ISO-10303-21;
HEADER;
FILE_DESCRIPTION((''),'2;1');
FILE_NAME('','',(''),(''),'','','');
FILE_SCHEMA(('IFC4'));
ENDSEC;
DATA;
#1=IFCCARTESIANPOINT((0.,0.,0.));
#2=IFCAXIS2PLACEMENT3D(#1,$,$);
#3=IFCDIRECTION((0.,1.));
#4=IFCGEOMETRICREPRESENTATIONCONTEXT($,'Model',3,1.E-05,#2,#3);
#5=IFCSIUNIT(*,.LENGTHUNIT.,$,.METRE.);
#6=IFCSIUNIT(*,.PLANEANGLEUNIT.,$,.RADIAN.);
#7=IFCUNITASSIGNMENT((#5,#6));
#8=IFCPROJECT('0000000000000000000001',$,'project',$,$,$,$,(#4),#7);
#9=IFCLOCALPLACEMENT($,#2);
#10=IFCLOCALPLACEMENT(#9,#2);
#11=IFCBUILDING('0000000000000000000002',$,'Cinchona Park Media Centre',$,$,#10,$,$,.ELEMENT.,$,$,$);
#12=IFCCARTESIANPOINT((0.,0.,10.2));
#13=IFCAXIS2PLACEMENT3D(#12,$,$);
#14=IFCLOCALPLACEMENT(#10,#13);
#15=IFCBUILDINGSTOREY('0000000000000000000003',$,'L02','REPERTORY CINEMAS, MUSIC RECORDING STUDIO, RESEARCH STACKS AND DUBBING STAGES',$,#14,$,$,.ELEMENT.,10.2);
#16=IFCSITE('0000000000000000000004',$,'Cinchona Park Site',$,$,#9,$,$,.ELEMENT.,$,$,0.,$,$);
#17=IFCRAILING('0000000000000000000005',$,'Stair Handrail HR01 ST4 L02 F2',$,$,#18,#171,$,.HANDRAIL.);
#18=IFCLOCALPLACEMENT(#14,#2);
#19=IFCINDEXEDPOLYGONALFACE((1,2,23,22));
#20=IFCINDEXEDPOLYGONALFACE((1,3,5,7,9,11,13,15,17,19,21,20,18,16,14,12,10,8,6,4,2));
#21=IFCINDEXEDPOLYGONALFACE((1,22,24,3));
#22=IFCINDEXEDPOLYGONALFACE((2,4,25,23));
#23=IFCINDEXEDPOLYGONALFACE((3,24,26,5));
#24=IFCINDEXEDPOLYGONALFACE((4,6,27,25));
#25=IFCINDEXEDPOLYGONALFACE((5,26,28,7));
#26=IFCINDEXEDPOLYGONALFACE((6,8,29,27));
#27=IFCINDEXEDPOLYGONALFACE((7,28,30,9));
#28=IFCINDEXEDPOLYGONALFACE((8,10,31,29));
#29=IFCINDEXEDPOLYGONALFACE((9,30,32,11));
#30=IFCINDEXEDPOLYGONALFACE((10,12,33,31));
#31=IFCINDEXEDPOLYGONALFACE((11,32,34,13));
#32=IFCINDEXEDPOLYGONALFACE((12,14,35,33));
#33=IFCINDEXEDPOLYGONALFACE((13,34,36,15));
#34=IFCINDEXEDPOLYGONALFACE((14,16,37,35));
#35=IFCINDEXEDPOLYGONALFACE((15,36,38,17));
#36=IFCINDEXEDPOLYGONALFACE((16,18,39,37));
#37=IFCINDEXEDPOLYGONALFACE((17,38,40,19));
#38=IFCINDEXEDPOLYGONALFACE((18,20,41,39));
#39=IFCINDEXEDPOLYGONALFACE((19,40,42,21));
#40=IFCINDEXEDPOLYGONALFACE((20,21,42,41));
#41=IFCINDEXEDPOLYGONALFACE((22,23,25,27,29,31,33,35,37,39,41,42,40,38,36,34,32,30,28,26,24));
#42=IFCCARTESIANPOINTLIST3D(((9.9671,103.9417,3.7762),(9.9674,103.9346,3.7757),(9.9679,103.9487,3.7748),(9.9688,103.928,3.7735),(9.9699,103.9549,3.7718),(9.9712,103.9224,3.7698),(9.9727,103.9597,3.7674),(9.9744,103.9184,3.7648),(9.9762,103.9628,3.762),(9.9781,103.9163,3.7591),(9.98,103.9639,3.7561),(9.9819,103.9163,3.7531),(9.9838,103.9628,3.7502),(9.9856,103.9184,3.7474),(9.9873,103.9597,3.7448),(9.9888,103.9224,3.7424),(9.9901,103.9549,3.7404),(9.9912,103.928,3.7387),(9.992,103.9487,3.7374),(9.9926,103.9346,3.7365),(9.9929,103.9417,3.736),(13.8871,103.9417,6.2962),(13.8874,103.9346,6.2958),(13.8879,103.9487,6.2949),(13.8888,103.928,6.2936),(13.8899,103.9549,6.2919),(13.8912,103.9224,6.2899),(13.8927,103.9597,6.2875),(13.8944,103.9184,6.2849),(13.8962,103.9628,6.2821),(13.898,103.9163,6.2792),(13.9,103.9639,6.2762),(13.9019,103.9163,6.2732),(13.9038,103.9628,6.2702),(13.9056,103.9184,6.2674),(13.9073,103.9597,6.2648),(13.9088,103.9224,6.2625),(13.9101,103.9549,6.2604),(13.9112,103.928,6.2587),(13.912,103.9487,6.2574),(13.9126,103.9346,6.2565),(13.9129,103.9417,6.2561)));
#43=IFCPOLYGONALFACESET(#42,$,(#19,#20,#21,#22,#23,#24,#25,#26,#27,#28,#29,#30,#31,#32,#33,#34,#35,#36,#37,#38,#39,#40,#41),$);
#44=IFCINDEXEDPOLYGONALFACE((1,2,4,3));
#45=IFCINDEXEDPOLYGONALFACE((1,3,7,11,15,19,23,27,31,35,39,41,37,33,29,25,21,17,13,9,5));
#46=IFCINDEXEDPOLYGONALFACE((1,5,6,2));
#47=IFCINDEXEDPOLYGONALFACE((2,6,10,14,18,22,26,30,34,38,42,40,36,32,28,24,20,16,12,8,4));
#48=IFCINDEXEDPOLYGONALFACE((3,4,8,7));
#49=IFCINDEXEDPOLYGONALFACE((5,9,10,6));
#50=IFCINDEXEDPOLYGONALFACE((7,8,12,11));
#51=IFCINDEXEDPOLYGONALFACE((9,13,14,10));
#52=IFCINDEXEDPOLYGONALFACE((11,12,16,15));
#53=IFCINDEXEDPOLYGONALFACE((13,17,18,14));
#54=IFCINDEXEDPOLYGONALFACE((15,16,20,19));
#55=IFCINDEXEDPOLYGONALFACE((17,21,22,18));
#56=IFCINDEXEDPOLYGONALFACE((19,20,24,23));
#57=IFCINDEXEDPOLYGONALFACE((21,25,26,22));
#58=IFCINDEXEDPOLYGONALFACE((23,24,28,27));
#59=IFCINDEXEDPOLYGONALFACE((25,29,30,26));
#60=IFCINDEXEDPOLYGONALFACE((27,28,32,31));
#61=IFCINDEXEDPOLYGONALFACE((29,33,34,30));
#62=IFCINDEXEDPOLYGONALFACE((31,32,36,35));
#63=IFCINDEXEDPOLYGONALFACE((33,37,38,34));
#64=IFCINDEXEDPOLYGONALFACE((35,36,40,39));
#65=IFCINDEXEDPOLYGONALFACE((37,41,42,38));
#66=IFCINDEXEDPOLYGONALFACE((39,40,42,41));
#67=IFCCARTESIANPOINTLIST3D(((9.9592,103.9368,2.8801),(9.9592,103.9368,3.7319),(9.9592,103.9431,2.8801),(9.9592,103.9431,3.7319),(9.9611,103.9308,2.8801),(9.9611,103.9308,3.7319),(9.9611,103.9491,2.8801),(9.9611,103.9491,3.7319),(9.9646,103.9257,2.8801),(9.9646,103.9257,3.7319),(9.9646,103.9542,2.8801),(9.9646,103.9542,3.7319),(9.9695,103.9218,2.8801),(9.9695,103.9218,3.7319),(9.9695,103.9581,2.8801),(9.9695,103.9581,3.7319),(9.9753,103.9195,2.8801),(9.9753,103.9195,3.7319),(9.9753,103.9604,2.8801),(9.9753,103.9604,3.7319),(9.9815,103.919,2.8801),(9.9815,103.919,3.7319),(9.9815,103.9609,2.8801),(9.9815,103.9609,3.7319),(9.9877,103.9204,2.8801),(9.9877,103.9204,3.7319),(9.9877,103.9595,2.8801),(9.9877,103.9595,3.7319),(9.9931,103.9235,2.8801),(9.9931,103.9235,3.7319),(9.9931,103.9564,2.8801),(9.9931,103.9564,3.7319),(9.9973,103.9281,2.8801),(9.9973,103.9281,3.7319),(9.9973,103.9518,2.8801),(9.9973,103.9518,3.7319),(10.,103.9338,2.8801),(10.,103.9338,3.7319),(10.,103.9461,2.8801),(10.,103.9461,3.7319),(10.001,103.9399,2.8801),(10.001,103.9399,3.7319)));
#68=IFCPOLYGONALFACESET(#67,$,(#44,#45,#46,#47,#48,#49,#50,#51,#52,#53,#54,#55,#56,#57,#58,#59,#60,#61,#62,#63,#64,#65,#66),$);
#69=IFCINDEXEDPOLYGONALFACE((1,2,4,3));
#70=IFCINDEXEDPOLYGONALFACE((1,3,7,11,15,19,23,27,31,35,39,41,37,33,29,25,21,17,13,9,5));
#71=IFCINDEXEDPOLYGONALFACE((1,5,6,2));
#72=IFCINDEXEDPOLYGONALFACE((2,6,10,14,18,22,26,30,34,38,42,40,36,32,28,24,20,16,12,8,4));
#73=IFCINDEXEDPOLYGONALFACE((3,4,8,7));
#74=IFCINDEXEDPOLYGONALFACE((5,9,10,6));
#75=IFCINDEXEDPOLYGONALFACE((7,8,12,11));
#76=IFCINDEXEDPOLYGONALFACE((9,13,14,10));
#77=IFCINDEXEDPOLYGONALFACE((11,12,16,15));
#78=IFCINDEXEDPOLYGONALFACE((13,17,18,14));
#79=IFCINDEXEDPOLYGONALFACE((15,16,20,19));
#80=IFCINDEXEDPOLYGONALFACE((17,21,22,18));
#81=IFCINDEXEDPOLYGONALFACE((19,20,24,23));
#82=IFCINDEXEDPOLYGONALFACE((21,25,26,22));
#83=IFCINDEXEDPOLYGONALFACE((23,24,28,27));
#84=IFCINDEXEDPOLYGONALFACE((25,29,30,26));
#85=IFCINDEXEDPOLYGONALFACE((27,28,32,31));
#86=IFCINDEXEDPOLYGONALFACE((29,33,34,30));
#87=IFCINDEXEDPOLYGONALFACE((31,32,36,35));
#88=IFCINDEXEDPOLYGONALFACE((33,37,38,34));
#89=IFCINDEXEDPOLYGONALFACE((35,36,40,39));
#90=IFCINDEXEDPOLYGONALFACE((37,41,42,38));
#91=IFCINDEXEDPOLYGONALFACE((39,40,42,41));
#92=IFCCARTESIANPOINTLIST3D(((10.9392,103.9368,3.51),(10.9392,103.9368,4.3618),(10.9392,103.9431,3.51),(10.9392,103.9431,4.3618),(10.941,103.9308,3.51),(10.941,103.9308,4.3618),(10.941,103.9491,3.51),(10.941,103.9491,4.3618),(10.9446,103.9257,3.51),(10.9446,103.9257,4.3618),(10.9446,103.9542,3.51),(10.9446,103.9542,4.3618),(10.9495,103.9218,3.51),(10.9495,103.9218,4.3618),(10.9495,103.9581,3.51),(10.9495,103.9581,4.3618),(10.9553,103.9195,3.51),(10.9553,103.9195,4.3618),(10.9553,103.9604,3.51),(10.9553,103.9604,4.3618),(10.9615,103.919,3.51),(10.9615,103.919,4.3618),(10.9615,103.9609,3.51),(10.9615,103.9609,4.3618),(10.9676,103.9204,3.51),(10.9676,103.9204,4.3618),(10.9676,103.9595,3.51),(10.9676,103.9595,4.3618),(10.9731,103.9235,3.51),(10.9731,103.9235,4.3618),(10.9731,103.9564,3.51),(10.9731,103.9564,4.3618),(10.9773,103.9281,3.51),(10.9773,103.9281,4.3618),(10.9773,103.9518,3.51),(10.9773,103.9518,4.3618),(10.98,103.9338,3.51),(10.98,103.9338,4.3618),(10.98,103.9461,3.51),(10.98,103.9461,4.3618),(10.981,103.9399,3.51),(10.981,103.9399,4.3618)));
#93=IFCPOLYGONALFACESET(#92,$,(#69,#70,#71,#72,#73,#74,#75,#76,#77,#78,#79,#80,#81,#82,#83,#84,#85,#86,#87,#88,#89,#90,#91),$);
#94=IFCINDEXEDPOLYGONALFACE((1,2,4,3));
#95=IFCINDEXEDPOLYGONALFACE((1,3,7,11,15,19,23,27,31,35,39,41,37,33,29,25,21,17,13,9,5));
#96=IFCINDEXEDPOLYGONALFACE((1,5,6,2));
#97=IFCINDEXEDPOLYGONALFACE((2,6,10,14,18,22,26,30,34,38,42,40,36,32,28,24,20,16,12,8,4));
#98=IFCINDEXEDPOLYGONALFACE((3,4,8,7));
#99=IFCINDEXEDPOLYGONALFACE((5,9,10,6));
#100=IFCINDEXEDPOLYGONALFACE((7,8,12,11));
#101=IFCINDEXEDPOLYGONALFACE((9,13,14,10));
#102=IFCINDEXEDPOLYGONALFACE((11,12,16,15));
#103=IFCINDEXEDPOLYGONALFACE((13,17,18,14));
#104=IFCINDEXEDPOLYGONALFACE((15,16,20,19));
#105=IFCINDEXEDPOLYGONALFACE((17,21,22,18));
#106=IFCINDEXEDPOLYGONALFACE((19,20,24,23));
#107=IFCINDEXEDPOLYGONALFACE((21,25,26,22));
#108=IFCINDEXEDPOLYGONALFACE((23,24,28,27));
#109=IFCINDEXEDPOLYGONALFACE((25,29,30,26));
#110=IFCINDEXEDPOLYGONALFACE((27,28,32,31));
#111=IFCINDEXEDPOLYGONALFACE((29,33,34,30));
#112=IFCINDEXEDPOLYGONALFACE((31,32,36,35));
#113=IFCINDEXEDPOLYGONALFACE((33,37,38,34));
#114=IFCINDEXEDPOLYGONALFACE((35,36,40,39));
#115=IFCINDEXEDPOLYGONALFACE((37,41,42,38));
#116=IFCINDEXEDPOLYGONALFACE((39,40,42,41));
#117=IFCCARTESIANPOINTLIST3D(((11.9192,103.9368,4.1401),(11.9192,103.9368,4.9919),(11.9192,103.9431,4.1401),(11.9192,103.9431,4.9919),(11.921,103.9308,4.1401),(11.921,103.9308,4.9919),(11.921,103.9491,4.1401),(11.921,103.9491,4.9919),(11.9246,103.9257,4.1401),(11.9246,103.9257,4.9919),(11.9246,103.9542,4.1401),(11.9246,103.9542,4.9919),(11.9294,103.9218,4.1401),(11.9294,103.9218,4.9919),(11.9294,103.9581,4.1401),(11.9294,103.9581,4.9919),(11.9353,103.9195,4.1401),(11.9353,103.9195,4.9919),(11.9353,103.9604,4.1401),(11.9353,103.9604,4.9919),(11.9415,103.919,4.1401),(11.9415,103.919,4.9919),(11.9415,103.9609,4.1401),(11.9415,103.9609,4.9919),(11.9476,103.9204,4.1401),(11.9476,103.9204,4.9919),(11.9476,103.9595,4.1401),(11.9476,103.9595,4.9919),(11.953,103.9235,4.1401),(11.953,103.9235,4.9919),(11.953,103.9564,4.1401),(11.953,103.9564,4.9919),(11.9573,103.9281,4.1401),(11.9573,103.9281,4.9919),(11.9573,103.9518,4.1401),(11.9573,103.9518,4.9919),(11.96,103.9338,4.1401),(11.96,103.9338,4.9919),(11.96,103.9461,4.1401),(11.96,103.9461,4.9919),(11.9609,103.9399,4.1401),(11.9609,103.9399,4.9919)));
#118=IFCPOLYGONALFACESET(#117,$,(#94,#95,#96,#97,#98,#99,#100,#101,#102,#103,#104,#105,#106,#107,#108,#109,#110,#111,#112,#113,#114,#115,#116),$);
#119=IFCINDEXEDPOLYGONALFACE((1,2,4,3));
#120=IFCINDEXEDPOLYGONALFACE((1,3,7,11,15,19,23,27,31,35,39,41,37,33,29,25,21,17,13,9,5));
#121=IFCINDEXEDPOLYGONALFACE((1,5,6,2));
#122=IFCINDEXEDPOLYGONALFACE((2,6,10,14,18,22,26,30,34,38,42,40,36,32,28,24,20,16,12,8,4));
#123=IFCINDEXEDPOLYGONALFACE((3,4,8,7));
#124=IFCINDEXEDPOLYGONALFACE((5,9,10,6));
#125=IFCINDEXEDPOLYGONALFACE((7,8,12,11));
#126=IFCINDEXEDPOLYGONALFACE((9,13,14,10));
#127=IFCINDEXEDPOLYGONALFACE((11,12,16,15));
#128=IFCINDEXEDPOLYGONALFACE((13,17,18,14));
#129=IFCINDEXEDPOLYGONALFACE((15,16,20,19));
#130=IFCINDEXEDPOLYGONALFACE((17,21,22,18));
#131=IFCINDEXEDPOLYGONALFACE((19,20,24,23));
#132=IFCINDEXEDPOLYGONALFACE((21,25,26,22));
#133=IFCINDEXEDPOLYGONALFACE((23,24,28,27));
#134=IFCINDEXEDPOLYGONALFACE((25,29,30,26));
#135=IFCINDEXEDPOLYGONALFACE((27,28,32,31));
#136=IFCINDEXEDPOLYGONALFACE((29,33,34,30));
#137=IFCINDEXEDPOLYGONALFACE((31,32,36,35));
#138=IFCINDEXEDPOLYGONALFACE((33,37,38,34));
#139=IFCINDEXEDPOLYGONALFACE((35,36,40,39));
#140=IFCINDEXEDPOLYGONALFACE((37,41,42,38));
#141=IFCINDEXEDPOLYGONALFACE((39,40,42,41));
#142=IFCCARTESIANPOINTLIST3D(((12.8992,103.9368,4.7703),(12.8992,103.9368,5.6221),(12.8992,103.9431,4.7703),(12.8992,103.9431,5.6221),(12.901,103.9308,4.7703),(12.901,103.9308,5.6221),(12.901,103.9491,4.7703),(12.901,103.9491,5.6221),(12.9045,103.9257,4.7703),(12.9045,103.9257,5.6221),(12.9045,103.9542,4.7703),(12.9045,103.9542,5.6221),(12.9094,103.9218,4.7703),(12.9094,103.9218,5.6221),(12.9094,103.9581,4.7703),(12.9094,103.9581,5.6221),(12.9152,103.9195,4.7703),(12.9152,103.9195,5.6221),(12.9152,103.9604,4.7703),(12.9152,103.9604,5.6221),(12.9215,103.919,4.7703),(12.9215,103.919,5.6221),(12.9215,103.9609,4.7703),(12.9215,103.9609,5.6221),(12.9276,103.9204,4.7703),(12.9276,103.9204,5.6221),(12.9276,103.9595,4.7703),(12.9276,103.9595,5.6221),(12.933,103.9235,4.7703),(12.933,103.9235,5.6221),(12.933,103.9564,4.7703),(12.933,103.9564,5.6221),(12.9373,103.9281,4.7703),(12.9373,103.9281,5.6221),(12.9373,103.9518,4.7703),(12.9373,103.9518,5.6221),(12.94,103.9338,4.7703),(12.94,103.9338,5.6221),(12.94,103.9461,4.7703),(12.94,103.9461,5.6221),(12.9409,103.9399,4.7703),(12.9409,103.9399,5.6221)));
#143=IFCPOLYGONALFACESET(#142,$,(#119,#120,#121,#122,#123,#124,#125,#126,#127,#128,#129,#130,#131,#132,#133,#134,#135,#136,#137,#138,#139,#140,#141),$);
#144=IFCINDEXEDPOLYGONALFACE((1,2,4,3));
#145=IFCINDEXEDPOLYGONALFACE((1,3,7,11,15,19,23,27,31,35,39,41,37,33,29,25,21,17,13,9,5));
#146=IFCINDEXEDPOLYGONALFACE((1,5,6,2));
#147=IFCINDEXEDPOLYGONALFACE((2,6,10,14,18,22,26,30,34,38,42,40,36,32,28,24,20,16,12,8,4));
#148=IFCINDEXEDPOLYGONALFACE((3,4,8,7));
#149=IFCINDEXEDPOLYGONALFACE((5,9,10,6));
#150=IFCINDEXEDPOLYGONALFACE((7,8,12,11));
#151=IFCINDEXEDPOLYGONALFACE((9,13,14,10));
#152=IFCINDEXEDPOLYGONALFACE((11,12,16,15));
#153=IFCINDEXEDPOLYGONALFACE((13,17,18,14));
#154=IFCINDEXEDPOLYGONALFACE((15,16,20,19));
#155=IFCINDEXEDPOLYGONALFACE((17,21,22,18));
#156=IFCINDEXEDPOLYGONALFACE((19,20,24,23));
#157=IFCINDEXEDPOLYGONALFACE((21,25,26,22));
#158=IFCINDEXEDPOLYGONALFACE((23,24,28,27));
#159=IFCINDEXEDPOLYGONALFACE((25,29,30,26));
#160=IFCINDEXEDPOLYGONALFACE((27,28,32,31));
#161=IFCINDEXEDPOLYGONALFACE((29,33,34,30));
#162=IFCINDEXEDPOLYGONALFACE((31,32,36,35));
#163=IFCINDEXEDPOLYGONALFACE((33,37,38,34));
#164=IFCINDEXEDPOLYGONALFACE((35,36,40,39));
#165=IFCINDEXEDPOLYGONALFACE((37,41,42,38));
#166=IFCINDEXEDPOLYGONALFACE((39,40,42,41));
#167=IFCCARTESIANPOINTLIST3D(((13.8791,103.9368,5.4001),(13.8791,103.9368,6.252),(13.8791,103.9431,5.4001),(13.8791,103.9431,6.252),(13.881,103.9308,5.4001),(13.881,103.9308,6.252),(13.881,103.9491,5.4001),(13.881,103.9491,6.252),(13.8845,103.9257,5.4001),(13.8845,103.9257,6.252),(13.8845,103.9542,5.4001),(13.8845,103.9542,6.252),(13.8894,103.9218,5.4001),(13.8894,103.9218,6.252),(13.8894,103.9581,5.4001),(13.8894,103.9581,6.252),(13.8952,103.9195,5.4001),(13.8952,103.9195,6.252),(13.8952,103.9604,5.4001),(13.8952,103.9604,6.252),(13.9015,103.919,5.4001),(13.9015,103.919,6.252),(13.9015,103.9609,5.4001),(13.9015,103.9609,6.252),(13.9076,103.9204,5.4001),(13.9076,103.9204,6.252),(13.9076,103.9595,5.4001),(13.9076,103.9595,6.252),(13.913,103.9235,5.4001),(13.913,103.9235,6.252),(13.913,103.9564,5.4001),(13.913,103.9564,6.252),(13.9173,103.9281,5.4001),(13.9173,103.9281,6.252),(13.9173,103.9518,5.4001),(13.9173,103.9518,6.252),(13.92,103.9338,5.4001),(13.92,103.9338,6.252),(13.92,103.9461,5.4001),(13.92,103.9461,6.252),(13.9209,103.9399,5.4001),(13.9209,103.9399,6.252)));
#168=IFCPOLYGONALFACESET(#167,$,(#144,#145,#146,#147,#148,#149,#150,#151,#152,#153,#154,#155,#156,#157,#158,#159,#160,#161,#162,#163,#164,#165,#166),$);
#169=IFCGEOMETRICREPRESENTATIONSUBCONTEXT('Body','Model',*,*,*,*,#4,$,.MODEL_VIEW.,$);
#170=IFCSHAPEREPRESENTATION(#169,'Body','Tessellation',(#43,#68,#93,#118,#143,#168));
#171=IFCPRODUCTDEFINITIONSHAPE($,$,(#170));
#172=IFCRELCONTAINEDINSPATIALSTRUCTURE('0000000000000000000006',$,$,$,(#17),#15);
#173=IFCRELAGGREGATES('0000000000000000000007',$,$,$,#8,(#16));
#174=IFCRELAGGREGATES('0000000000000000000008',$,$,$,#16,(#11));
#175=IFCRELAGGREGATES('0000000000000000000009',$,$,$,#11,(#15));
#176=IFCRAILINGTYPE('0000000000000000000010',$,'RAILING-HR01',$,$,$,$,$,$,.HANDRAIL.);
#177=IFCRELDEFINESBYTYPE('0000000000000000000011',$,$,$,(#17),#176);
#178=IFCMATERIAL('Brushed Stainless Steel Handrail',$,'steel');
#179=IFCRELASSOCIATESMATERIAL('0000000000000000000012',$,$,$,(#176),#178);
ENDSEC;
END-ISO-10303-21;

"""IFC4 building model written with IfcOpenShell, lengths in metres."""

from ifc_helpers import new_model, si_unit, direction, frame, origin, origin_2d, place, context, subcontext, project, spatial, circle, extrude, material, type_object, element, save


model = new_model("IFC4")

# Units and contexts
model_context = context("Model", 3, precision=1e-05, world=origin(), true_north=direction((0.0, 1.0)))
body_context = subcontext(model_context, "Body", "Model", "MODEL_VIEW")
ifc_project = project(units=[si_unit("LENGTHUNIT", "METRE"), si_unit("PLANEANGLEUNIT", "RADIAN")], contexts=[model_context])

# Site, building, storey
site_placement = place(None, origin())
site = spatial("IfcSite", under=ifc_project, at=site_placement, Name="Cinchona Park Site", CompositionType="ELEMENT", RefElevation=0.0)
building_placement = place(site_placement, origin())
building = spatial("IfcBuilding", under=site, at=building_placement, Name="Cinchona Park Media Centre", CompositionType="ELEMENT")
storey_placement = place(building_placement, frame((0.0, 0.0, 10.2)))
storey = spatial("IfcBuildingStorey", under=building, at=storey_placement, Name="L02", Description="REPERTORY CINEMAS, MUSIC RECORDING STUDIO, RESEARCH STACKS AND DUBBING STAGES", CompositionType="ELEMENT", Elevation=10.2)

# Railing
ifc_material_1 = material(Name="Brushed Stainless Steel Handrail", Category="steel")
railing_type_1 = type_object("IfcRailingType", Name="RAILING-HR01", PredefinedType="HANDRAIL", material=ifc_material_1)
railing_1_placement = place(storey_placement, frame((9.98, 103.9399, 2.8801)))
element("IfcRailing", 1, at=railing_1_placement, inside=storey, type_object=railing_type_1, Name="Stair Handrail HR01 ST4 L02 F2", PredefinedType="HANDRAIL", context=body_context, shape_type="SweptSolid", body=[
    extrude(circle(Radius=0.0239, at=origin_2d()), frame((0.0, 0.0, 0.876), z_axis=(0.841172, 0.0, 0.540768), x_axis=(0.0, 1.0, 0.0)), (0.0, 0.0, 1.0), 4.6602),
    extrude(circle(Radius=0.021, at=origin_2d()), origin(), (0.0, 0.0, 1.0), 0.8518),
    extrude(circle(Radius=0.021, at=origin_2d()), frame((0.98, 0.0, 0.6299)), (0.0, 0.0, 1.0), 0.8518),
    extrude(circle(Radius=0.021, at=origin_2d()), frame((1.96, 0.0, 1.26)), (0.0, 0.0, 1.0), 0.8518),
    extrude(circle(Radius=0.021, at=origin_2d()), frame((2.9399, 0.0, 1.8901)), (0.0, 0.0, 1.0), 0.8518),
    extrude(circle(Radius=0.021, at=origin_2d()), frame((3.9199, 0.0, 2.52)), (0.0, 0.0, 1.0), 0.8518),
])

save(model, "model.ifc")
